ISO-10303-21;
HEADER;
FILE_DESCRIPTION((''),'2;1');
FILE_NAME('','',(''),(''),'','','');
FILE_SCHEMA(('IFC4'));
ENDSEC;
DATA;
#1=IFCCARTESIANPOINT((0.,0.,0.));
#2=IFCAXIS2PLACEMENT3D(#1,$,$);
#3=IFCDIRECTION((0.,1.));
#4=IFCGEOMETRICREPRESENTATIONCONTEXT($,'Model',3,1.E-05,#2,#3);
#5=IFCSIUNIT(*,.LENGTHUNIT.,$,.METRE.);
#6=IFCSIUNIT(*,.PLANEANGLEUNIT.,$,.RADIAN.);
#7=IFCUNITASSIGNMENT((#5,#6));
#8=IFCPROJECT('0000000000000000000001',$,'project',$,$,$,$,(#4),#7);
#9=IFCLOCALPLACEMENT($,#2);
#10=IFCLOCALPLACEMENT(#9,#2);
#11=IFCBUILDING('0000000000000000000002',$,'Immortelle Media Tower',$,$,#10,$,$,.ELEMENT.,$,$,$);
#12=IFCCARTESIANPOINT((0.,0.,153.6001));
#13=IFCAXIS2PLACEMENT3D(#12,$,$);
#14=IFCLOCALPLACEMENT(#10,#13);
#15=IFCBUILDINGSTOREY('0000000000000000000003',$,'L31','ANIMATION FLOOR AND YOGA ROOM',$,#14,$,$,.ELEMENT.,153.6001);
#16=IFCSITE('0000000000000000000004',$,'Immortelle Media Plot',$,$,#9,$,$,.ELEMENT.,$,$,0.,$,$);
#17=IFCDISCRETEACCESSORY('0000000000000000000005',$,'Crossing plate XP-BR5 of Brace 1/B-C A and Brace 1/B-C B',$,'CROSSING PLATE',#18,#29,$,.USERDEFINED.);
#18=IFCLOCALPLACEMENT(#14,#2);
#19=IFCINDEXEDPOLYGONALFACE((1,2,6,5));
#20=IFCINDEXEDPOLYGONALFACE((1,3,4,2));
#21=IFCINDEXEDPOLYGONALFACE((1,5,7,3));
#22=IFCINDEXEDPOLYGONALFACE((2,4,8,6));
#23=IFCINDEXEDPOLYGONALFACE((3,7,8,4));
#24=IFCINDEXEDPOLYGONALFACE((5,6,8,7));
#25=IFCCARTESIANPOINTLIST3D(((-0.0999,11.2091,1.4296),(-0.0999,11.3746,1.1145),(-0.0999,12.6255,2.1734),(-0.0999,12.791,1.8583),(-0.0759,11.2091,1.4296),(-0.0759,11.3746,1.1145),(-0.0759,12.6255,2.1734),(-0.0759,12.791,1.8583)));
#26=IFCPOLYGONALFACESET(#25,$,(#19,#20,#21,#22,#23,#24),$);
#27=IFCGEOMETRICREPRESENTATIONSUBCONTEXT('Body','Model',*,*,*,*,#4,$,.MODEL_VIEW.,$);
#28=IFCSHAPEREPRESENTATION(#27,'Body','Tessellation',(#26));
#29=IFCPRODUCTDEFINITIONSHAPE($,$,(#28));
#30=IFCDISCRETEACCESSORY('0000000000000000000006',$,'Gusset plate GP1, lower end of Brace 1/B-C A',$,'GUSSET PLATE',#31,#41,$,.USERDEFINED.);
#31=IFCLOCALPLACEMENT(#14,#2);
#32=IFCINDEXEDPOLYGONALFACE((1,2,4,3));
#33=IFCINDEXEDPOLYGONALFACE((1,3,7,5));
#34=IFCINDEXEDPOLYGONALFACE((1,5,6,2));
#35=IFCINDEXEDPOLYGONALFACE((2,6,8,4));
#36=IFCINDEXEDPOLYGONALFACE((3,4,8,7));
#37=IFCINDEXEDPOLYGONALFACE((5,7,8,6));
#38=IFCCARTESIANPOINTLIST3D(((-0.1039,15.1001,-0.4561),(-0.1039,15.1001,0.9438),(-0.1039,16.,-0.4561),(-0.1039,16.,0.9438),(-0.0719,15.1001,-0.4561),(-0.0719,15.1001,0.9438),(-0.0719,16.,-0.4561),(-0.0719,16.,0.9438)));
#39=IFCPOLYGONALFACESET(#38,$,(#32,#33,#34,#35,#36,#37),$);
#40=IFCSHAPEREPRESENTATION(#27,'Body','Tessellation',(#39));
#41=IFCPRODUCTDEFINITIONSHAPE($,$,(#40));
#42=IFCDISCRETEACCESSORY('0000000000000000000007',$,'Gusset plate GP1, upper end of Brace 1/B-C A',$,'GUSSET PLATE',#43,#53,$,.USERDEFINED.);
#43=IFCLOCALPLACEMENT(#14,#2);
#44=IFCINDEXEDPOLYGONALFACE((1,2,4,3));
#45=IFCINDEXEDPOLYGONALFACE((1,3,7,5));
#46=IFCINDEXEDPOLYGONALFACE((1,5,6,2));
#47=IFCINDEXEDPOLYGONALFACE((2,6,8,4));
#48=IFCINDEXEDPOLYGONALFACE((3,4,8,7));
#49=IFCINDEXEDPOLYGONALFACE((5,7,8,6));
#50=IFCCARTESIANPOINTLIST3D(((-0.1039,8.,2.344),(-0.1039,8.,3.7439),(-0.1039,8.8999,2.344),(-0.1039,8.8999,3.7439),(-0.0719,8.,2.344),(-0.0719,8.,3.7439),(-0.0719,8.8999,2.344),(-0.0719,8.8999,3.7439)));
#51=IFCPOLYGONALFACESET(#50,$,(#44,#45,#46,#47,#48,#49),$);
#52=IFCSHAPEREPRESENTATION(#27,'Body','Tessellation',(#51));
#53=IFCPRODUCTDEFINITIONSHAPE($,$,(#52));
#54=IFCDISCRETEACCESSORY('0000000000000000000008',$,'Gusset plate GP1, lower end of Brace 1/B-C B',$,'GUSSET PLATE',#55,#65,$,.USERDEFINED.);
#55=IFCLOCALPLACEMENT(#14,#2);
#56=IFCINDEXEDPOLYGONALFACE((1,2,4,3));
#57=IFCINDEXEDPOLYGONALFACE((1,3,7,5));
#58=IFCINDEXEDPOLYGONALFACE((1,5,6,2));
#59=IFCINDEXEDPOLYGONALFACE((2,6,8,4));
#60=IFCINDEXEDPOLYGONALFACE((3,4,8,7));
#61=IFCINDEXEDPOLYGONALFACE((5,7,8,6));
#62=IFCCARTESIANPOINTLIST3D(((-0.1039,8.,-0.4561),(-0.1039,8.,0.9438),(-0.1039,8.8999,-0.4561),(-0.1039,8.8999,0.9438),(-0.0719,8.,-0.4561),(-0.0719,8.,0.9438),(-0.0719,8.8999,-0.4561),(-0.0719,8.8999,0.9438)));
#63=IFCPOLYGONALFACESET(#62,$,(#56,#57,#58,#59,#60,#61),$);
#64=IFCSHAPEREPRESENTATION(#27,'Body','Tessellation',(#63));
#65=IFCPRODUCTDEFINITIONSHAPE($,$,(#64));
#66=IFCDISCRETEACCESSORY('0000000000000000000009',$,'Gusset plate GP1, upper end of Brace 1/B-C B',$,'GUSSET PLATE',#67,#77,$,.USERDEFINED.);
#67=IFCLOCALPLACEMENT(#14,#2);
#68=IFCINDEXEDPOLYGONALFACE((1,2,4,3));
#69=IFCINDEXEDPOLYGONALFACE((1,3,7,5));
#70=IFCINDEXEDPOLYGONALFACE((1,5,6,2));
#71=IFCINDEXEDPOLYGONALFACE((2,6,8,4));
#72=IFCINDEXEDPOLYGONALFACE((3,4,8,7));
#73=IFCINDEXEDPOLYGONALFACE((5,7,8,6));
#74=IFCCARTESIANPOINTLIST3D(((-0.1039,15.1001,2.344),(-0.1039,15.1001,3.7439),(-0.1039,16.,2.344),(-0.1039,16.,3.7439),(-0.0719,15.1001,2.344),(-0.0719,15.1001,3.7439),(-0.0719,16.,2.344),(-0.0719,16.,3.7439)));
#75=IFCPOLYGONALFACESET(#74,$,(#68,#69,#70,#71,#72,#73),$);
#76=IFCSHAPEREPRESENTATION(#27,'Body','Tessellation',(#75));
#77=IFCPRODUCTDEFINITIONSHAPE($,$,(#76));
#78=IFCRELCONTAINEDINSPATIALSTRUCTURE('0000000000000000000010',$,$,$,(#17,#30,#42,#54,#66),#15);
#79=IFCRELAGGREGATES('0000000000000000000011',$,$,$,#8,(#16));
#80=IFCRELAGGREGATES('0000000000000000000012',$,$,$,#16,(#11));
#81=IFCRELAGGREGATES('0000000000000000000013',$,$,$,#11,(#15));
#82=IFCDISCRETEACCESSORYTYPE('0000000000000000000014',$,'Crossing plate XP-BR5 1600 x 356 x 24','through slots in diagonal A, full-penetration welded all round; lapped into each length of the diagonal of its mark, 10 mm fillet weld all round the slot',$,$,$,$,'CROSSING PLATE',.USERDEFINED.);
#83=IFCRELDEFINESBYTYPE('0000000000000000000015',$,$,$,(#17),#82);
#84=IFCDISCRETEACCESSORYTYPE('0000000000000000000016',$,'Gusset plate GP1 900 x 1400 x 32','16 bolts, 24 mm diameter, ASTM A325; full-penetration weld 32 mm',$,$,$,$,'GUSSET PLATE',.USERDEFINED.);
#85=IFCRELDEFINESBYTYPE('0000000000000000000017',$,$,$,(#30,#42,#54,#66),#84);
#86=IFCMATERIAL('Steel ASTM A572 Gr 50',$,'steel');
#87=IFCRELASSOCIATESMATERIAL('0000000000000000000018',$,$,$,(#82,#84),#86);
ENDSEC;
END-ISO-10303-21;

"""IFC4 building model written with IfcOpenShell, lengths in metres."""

from ifc_helpers import new_model, si_unit, direction, frame, origin, origin_2d, place, context, subcontext, project, spatial, rectangle, extrude, material, material_profile, profile_set, type_object, element, save


model = new_model("IFC4")

# Units and contexts
model_context = context("Model", 3, precision=1e-05, world=origin(), true_north=direction((0.0, 1.0)))
body_context = subcontext(model_context, "Body", "Model", "MODEL_VIEW")
ifc_project = project(units=[si_unit("LENGTHUNIT", "METRE"), si_unit("PLANEANGLEUNIT", "RADIAN")], contexts=[model_context])

# Site, building, storey
site_placement = place(None, origin())
site = spatial("IfcSite", under=ifc_project, at=site_placement, Name="Immortelle Media Plot", CompositionType="ELEMENT", RefElevation=0.0)
building_placement = place(site_placement, origin())
building = spatial("IfcBuilding", under=site, at=building_placement, Name="Immortelle Media Tower", CompositionType="ELEMENT")
storey_placement = place(building_placement, frame((0.0, 0.0, 153.6001)))
storey = spatial("IfcBuildingStorey", under=building, at=storey_placement, Name="L31", Description="ANIMATION FLOOR AND YOGA ROOM", CompositionType="ELEMENT", Elevation=153.6001)

# Discrete accessories
ifc_material_1 = material(Name="Steel ASTM A572 Gr 50", Category="steel")
ifc_material_profile_1 = material_profile(ifc_material_1, rectangle(XDim=0.0239, YDim=0.356, at=origin_2d()), Name="PL 24 x 356")
ifc_profile_set_1 = profile_set([ifc_material_profile_1], Name="Steel ASTM A572 Gr 50")
discrete_accessory_type_1 = type_object("IfcDiscreteAccessoryType", Name="Crossing plate XP-BR5 1600 x 356 x 24", Description="through slots in diagonal A, full-penetration welded all round; lapped into each length of the diagonal of its mark, 10 mm fillet weld all round the slot", ElementType="CROSSING PLATE", PredefinedType="USERDEFINED", material=ifc_profile_set_1)
discrete_accessory_placement = place(storey_placement, frame((-0.0879, 12.7083, 2.0159), z_axis=(0.0, -0.885338, -0.464948), x_axis=(1.0, 0.0, 0.0)))
element("IfcDiscreteAccessory", 1, at=discrete_accessory_placement, inside=storey, type_object=discrete_accessory_type_1, Name="Crossing plate XP-BR5 of Brace 1/B-C A and Brace 1/B-C B", ObjectType="CROSSING PLATE", PredefinedType="USERDEFINED", context=body_context, shape_type="SweptSolid", body=[
    extrude(rectangle(XDim=0.0239, YDim=0.356, at=origin_2d()), origin(), (0.0, 0.0, 1.0), 1.5999),
])
ifc_material_profile_2 = material_profile(ifc_material_1, rectangle(XDim=0.032, YDim=1.3999, at=origin_2d()), Name="PL 32 x 1400")
ifc_profile_set_2 = profile_set([ifc_material_profile_2], Name="Steel ASTM A572 Gr 50")
discrete_accessory_type_2 = type_object("IfcDiscreteAccessoryType", Name="Gusset plate GP1 900 x 1400 x 32", Description="16 bolts, 24 mm diameter, ASTM A325; full-penetration weld 32 mm", ElementType="GUSSET PLATE", PredefinedType="USERDEFINED", material=ifc_profile_set_2)
for number, where, z_axis, x_axis, name in (
    (2, (-0.0879, 16.0, 0.2439), (0.0, -1.0, 0.0), (1.0, 0.0, 0.0), "Gusset plate GP1, lower end of Brace 1/B-C A"),
    (3, (-0.0879, 8.0, 3.0439), (0.0, 1.0, 0.0), (-1.0, 0.0, 0.0), "Gusset plate GP1, upper end of Brace 1/B-C A"),
    (4, (-0.0879, 8.0, 0.2439), (0.0, 1.0, 0.0), (-1.0, 0.0, 0.0), "Gusset plate GP1, lower end of Brace 1/B-C B"),
    (5, (-0.0879, 16.0, 3.0439), (0.0, -1.0, 0.0), (1.0, 0.0, 0.0), "Gusset plate GP1, upper end of Brace 1/B-C B"),
):
    element("IfcDiscreteAccessory", number, at=place(storey_placement, frame(where, z_axis=z_axis, x_axis=x_axis)), inside=storey, type_object=discrete_accessory_type_2, Name=name, ObjectType="GUSSET PLATE", PredefinedType="USERDEFINED", context=body_context, shape_type="SweptSolid", body=[
        extrude(rectangle(XDim=0.032, YDim=1.3999, at=origin_2d()), origin(), (0.0, 0.0, 1.0), 0.8999),
    ])

save(model, "model.ifc")
